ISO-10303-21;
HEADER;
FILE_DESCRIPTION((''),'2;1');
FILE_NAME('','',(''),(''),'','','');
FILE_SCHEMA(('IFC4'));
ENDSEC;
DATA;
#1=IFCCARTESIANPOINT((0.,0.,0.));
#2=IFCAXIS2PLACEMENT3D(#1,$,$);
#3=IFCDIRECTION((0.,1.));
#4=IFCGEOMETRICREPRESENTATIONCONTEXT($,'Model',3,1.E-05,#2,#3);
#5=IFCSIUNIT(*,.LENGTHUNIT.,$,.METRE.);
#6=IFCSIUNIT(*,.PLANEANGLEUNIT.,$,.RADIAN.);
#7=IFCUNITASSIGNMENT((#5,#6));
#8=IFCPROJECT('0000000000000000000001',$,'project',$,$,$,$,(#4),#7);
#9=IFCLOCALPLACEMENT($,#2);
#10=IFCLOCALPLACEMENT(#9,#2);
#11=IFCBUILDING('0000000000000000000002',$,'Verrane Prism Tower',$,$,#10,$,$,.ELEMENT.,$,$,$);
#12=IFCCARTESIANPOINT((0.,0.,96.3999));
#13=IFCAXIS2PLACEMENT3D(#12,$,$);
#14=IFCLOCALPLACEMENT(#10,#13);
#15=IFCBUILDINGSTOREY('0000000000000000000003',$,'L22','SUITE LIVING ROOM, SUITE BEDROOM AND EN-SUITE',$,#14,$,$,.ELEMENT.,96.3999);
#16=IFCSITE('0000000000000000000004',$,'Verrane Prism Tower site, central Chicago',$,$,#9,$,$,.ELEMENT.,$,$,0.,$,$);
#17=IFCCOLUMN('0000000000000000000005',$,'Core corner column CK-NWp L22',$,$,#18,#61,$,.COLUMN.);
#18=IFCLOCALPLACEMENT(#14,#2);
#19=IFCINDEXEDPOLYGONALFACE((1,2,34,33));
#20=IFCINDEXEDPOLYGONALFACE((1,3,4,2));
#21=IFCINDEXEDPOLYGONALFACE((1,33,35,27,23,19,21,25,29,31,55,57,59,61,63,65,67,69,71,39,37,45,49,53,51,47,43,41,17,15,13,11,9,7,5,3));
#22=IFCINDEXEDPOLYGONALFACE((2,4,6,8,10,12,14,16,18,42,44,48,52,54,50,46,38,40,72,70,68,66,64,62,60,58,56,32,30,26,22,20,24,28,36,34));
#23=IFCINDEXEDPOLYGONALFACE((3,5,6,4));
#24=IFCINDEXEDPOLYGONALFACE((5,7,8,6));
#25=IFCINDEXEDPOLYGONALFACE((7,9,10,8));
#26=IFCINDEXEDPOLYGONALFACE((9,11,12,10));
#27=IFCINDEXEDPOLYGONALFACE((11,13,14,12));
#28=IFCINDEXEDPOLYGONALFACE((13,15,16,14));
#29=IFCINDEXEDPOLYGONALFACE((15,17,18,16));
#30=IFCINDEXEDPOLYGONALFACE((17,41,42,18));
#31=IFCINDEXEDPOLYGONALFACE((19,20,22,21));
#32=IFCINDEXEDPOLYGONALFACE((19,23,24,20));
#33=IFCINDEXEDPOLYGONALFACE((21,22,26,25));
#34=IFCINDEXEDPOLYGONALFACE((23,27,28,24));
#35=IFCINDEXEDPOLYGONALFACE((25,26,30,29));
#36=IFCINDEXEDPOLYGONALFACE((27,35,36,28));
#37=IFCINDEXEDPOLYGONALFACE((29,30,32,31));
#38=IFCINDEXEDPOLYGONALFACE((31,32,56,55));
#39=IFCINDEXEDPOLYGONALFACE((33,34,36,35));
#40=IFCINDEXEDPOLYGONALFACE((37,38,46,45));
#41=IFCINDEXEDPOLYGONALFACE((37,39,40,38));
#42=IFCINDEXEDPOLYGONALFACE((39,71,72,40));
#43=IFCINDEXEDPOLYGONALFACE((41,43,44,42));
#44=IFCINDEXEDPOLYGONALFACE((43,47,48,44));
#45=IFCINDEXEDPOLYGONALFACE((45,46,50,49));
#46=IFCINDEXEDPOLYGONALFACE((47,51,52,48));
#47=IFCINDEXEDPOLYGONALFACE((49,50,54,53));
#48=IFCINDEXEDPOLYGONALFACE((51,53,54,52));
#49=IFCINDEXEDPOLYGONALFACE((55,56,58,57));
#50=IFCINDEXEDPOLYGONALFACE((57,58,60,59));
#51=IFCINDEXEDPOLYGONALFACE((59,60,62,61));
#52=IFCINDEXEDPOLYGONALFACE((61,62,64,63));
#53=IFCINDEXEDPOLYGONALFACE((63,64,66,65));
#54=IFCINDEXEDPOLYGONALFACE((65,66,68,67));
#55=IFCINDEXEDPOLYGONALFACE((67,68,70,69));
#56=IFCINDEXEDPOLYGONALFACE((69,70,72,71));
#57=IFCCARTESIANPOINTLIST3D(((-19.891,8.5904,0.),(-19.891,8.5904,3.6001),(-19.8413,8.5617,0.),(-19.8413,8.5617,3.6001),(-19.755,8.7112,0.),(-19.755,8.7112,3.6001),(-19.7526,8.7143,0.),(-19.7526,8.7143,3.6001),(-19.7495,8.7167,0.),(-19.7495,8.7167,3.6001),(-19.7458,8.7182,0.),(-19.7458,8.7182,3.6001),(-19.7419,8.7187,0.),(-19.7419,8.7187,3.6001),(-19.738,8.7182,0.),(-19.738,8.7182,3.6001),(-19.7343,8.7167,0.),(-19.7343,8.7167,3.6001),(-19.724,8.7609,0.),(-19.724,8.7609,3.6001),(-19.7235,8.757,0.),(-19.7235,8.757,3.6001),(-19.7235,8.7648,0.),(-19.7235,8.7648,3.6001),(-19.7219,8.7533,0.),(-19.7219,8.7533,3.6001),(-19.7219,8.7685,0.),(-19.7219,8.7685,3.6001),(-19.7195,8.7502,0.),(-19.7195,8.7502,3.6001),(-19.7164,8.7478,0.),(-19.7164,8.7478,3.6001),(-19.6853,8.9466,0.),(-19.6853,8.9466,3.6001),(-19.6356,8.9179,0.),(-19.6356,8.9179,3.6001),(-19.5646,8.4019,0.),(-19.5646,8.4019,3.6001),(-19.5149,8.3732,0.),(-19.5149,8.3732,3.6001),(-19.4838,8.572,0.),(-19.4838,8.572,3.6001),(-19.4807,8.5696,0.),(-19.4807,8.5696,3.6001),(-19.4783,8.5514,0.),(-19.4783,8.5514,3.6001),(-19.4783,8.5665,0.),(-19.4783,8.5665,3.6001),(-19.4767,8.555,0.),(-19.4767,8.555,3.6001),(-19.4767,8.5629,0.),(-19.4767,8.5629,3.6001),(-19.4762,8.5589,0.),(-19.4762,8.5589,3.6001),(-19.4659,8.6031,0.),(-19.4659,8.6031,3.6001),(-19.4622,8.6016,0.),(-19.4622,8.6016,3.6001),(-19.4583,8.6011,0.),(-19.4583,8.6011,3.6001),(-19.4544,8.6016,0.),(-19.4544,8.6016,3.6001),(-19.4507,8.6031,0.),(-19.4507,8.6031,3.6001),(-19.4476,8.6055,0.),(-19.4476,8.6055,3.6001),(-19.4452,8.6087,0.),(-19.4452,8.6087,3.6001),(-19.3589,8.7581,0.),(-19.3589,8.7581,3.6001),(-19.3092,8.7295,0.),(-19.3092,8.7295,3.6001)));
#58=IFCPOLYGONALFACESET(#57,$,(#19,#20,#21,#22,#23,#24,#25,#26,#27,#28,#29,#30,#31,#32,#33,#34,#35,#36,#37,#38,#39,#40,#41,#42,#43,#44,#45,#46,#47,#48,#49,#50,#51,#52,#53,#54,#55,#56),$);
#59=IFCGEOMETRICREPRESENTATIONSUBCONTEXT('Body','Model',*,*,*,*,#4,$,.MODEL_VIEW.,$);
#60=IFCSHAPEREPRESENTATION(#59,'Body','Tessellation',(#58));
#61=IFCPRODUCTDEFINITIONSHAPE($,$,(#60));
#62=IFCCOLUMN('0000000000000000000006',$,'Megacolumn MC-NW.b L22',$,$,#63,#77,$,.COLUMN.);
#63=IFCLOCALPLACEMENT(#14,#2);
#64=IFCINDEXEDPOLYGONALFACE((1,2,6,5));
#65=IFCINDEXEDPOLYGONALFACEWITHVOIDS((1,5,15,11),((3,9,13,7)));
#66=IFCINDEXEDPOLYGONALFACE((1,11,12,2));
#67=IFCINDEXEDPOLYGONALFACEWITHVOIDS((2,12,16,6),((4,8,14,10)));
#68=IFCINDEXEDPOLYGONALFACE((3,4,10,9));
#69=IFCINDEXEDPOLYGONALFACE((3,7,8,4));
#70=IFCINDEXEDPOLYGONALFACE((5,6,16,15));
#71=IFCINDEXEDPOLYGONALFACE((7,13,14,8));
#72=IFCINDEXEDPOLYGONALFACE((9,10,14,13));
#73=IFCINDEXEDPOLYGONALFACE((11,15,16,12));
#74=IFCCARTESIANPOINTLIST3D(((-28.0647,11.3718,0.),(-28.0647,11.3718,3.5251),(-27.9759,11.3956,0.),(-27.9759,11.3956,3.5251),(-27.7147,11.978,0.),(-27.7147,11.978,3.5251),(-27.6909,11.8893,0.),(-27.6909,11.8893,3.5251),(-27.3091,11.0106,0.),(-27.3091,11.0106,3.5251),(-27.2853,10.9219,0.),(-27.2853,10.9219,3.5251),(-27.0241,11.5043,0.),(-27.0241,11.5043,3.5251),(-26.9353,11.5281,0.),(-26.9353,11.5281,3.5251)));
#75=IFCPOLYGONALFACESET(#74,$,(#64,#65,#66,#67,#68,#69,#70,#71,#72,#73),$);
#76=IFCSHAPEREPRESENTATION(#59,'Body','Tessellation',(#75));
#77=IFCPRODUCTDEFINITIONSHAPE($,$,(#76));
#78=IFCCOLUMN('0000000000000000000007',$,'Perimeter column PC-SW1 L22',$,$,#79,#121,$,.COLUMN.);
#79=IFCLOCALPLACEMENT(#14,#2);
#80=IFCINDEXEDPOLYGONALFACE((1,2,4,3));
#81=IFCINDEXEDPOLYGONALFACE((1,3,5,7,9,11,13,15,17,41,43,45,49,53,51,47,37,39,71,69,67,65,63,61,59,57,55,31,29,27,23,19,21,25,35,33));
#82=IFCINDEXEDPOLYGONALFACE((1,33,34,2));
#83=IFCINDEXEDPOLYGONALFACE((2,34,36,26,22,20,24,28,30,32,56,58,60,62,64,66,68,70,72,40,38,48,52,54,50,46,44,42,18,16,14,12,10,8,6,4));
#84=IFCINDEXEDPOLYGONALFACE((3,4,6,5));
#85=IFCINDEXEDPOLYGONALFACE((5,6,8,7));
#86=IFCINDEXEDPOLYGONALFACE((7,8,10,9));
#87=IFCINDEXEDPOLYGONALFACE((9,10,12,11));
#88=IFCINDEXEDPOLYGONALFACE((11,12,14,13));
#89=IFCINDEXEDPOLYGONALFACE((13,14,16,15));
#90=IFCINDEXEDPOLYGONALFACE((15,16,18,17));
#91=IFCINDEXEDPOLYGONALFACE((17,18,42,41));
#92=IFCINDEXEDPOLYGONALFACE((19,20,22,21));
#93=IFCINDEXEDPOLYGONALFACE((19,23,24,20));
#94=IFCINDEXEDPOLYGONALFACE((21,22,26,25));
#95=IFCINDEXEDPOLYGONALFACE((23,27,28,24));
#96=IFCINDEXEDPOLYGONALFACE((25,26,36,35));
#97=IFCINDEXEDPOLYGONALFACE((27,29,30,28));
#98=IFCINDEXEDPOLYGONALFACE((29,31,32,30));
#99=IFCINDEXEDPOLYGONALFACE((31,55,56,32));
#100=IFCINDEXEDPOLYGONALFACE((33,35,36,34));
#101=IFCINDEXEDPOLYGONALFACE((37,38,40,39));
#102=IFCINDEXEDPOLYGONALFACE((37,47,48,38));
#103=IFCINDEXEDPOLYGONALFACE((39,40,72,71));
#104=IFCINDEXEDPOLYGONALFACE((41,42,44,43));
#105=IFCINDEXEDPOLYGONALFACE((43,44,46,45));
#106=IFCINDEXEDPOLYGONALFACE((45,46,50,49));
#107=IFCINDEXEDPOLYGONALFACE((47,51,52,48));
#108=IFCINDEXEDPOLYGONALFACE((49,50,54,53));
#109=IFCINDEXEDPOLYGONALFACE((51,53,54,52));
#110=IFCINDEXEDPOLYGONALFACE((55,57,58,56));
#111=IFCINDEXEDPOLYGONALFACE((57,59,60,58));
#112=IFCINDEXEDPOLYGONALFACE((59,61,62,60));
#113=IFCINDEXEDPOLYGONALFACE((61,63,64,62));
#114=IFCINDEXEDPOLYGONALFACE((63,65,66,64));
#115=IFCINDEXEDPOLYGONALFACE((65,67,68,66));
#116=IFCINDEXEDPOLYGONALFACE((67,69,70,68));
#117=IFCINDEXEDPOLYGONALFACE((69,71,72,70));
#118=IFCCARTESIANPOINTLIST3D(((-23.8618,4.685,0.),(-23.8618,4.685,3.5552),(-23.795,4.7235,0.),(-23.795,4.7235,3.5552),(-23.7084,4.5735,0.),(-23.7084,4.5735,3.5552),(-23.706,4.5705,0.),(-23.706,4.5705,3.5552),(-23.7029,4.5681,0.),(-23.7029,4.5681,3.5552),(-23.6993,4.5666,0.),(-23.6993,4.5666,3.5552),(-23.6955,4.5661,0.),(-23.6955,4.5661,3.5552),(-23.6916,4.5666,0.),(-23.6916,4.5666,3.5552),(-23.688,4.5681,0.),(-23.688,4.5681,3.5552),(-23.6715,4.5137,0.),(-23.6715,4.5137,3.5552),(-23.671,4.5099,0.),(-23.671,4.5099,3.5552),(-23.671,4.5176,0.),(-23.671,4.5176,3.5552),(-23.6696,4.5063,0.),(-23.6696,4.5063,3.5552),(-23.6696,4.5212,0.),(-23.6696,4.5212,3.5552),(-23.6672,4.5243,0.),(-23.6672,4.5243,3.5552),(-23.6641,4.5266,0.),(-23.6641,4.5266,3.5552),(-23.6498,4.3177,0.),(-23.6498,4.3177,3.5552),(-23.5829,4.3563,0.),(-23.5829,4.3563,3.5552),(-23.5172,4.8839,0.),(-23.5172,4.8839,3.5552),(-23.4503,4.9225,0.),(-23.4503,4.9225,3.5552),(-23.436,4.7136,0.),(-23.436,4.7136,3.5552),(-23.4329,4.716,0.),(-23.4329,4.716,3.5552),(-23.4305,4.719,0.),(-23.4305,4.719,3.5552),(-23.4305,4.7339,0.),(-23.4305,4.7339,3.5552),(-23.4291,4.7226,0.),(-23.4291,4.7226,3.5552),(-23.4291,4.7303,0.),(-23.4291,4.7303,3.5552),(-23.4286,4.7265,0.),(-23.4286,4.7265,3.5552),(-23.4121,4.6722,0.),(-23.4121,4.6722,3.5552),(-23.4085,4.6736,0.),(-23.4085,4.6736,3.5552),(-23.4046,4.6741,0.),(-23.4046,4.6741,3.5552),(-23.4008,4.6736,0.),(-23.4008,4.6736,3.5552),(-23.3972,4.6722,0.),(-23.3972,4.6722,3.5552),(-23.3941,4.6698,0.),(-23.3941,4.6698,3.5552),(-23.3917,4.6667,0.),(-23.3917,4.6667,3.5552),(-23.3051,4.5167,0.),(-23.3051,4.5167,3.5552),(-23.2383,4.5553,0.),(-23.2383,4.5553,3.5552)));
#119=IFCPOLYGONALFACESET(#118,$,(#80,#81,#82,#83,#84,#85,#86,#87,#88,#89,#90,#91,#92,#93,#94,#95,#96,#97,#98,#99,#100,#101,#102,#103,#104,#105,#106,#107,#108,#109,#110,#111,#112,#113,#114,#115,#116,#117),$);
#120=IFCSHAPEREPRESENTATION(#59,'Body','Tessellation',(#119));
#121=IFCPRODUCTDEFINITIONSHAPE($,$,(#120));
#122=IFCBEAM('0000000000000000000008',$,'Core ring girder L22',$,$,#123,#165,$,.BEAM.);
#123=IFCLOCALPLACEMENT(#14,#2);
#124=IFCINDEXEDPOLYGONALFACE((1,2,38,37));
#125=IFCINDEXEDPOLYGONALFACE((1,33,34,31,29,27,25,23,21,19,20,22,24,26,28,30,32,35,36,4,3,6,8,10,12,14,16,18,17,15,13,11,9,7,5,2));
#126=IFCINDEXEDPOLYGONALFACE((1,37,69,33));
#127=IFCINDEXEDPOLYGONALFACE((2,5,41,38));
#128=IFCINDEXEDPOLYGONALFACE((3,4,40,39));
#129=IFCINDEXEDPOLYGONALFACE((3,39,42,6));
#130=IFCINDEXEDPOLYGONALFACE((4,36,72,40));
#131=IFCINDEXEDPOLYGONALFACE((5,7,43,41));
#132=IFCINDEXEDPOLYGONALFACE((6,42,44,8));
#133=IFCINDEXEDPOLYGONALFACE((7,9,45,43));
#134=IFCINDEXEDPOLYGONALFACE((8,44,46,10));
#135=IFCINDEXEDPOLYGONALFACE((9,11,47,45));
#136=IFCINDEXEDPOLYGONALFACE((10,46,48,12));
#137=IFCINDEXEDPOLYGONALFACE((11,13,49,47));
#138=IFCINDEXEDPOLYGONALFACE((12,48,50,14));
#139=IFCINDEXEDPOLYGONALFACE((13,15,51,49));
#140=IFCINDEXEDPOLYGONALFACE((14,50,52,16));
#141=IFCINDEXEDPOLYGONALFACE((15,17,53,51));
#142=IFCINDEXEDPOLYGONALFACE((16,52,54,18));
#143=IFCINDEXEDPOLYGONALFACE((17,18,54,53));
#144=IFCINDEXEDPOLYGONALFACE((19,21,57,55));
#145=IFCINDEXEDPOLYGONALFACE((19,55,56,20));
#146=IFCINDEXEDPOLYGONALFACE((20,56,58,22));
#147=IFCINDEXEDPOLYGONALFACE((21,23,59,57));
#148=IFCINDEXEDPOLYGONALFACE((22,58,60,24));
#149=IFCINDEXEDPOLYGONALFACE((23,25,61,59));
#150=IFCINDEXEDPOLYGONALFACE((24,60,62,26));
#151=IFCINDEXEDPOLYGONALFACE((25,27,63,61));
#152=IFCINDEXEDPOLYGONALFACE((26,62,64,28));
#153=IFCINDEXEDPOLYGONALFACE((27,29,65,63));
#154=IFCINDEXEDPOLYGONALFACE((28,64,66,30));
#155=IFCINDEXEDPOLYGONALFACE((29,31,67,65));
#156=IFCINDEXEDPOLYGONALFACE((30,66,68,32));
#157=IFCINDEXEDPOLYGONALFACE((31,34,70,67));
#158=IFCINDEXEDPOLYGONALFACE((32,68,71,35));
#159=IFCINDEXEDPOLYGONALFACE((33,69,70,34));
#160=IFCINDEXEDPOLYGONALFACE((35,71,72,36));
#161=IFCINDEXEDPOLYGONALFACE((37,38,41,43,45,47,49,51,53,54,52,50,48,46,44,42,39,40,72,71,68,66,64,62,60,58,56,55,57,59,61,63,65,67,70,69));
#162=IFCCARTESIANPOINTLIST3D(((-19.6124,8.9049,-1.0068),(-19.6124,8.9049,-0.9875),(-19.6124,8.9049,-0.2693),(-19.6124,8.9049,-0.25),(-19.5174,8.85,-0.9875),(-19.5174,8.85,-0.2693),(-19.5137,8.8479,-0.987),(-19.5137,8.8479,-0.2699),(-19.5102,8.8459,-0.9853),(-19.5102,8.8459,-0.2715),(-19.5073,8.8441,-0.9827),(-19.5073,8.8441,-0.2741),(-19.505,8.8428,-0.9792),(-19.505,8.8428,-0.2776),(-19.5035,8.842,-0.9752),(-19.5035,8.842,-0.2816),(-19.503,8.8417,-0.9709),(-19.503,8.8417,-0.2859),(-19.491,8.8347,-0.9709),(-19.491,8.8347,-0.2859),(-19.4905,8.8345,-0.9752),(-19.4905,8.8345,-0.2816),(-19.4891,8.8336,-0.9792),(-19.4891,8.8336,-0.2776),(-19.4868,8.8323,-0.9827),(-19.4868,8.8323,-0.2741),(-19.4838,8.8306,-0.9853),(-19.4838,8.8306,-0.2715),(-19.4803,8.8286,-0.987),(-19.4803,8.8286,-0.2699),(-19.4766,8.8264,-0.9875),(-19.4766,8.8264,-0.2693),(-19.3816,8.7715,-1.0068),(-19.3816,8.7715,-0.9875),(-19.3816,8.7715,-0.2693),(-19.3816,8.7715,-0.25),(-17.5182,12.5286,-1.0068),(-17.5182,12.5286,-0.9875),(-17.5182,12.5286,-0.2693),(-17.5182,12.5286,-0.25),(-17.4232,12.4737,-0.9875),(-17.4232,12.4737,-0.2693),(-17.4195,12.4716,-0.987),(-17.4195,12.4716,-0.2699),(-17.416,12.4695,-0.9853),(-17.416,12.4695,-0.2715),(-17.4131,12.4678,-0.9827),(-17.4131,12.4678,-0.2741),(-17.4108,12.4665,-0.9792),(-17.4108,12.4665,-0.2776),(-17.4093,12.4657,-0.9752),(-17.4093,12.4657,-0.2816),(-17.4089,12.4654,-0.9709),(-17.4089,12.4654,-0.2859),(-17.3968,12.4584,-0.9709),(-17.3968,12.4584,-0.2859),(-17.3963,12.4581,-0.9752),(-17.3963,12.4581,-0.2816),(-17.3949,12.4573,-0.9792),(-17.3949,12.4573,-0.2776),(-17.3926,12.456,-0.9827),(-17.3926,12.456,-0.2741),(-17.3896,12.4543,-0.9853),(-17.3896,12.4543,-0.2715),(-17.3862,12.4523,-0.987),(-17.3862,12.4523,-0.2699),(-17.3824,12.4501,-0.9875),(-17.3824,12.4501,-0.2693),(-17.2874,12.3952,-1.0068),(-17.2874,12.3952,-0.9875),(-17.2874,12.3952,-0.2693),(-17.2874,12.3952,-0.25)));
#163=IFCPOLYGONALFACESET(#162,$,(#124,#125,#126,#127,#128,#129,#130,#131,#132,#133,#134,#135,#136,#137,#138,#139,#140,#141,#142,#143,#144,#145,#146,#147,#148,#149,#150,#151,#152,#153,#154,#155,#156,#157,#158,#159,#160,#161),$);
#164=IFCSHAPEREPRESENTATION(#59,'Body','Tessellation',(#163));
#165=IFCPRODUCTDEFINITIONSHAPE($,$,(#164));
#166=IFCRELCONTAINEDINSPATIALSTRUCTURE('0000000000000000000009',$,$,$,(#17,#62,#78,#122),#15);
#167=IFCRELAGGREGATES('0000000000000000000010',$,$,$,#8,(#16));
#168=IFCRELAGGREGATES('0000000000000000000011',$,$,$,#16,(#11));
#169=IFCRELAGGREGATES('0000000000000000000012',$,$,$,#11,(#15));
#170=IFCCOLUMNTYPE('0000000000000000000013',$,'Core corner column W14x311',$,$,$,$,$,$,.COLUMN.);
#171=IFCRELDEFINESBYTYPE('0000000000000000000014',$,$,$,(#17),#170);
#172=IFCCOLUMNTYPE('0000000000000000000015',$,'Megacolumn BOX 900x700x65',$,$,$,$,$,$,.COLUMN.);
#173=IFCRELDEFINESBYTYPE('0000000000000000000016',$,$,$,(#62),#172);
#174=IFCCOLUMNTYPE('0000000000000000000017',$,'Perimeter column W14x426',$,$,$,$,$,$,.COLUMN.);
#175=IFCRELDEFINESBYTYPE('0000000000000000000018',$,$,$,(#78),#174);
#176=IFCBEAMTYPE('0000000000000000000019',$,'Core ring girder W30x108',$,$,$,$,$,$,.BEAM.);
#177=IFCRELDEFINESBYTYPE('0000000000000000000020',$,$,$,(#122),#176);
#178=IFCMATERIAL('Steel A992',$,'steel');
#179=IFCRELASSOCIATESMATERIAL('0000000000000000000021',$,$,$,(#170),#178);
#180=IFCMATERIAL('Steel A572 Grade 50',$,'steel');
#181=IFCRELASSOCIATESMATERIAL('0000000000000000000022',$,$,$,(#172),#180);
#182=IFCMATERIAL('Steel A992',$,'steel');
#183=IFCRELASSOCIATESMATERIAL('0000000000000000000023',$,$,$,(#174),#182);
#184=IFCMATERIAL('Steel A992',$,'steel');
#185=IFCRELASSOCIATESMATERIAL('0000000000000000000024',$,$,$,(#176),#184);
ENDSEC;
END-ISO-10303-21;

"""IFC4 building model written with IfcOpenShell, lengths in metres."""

from ifc_helpers import new_model, si_unit, direction, frame, origin, origin_2d, place, context, subcontext, project, spatial, hollow_rectangle, i_section, extrude, material, material_profile, profile_set, type_object, element, save


model = new_model("IFC4")

# Units and contexts
model_context = context("Model", 3, precision=1e-05, world=origin(), true_north=direction((0.0, 1.0)))
body_context = subcontext(model_context, "Body", "Model", "MODEL_VIEW")
ifc_project = project(units=[si_unit("LENGTHUNIT", "METRE"), si_unit("PLANEANGLEUNIT", "RADIAN")], contexts=[model_context])

# Site, building, storey
site_placement = place(None, origin())
site = spatial("IfcSite", under=ifc_project, at=site_placement, Name="Verrane Prism Tower site, central Chicago", CompositionType="ELEMENT", RefElevation=0.0)
building_placement = place(site_placement, origin())
building = spatial("IfcBuilding", under=site, at=building_placement, Name="Verrane Prism Tower", CompositionType="ELEMENT")
storey_placement = place(building_placement, frame((0.0, 0.0, 96.3999)))
storey = spatial("IfcBuildingStorey", under=building, at=storey_placement, Name="L22", Description="SUITE LIVING ROOM, SUITE BEDROOM AND EN-SUITE", CompositionType="ELEMENT", Elevation=96.3999)

# Columns
ifc_material_1 = material(Name="Steel A992", Category="steel")
ifc_material_profile_1 = material_profile(ifc_material_1, i_section(OverallWidth=0.4114, OverallDepth=0.4343, WebThickness=0.0359, FlangeThickness=0.0574, FilletRadius=0.0151, at=origin_2d()), Name="W14x311")
ifc_profile_set_1 = profile_set([ifc_material_profile_1], Name="Steel A992")
column_type_1 = type_object("IfcColumnType", Name="Core corner column W14x311", PredefinedType="COLUMN", material=ifc_profile_set_1)
column_1_placement = place(storey_placement, frame((-19.6001, 8.6599, 0.0), z_axis=(0.0, 0.0, 1.0), x_axis=(0.5, 0.866025, 0.0)))
element("IfcColumn", 1, at=column_1_placement, inside=storey, type_object=column_type_1, Name="Core corner column CK-NWp L22", PredefinedType="COLUMN", context=body_context, shape_type="SweptSolid", body=[
    extrude(i_section(OverallWidth=0.4114, OverallDepth=0.4343, WebThickness=0.0359, FlangeThickness=0.0574, FilletRadius=0.0151, at=origin_2d()), origin(), (0.0, 0.0, 1.0), 3.6001),
])
ifc_material_2 = material(Name="Steel A572 Grade 50", Category="steel")
ifc_material_profile_2 = material_profile(ifc_material_2, hollow_rectangle(XDim=0.7, YDim=0.8999, WallThickness=0.0649, at=origin_2d()), Name="BOX 900x700x65")
ifc_profile_set_2 = profile_set([ifc_material_profile_2], Name="Steel A572 Grade 50")
column_type_2 = type_object("IfcColumnType", Name="Megacolumn BOX 900x700x65", PredefinedType="COLUMN", material=ifc_profile_set_2)
column_2_placement = place(storey_placement, frame((-27.5, 11.45, 0.0), z_axis=(0.0, 0.0, 1.0), x_axis=(0.5, 0.866025, 0.0)))
element("IfcColumn", 2, at=column_2_placement, inside=storey, type_object=column_type_2, Name="Megacolumn MC-NW.b L22", PredefinedType="COLUMN", context=body_context, shape_type="SweptSolid", body=[
    extrude(hollow_rectangle(XDim=0.7, YDim=0.8999, WallThickness=0.0649, at=origin_2d()), origin(), (0.0, 0.0, 1.0), 3.5251),
])
ifc_material_3 = material(Name="Steel A992", Category="steel")
ifc_material_profile_3 = material_profile(ifc_material_3, i_section(OverallWidth=0.4241, OverallDepth=0.4751, WebThickness=0.0479, FlangeThickness=0.0771, FilletRadius=0.0149, at=origin_2d()), Name="W14x426")
ifc_profile_set_3 = profile_set([ifc_material_profile_3], Name="Steel A992")
column_type_3 = type_object("IfcColumnType", Name="Perimeter column W14x426", PredefinedType="COLUMN", material=ifc_profile_set_3)
column_3_placement = place(storey_placement, frame((-23.55, 4.6201, 0.0), z_axis=(0.0, 0.0, 1.0), x_axis=(-0.5, 0.866025, 0.0)))
element("IfcColumn", 3, at=column_3_placement, inside=storey, type_object=column_type_3, Name="Perimeter column PC-SW1 L22", PredefinedType="COLUMN", context=body_context, shape_type="SweptSolid", body=[
    extrude(i_section(OverallWidth=0.4241, OverallDepth=0.4751, WebThickness=0.0479, FlangeThickness=0.0771, FilletRadius=0.0149, at=origin_2d()), origin(), (0.0, 0.0, 1.0), 3.5552),
])

# Beam
ifc_material_4 = material(Name="Steel A992", Category="steel")
ifc_material_profile_4 = material_profile(ifc_material_4, i_section(OverallWidth=0.2666, OverallDepth=0.7568, WebThickness=0.0139, FlangeThickness=0.0193, FilletRadius=0.0166, at=origin_2d()), Name="W30x108")
ifc_profile_set_4 = profile_set([ifc_material_profile_4], Name="Steel A992")
beam_type_1 = type_object("IfcBeamType", Name="Core ring girder W30x108", PredefinedType="BEAM", material=ifc_profile_set_4)
beam_1_placement = place(storey_placement, frame((-17.4028, 12.4619, -0.6284), z_axis=(-0.500367, -0.865813, 0.0), x_axis=(0.865813, -0.500367, 0.0)))
element("IfcBeam", 4, at=beam_1_placement, inside=storey, type_object=beam_type_1, Name="Core ring girder L22", PredefinedType="BEAM", context=body_context, shape_type="SweptSolid", body=[
    extrude(i_section(OverallWidth=0.2666, OverallDepth=0.7568, WebThickness=0.0139, FlangeThickness=0.0193, FilletRadius=0.0166, at=origin_2d()), origin(), (0.0, 0.0, 1.0), 4.1853),
])

save(model, "model.ifc")
